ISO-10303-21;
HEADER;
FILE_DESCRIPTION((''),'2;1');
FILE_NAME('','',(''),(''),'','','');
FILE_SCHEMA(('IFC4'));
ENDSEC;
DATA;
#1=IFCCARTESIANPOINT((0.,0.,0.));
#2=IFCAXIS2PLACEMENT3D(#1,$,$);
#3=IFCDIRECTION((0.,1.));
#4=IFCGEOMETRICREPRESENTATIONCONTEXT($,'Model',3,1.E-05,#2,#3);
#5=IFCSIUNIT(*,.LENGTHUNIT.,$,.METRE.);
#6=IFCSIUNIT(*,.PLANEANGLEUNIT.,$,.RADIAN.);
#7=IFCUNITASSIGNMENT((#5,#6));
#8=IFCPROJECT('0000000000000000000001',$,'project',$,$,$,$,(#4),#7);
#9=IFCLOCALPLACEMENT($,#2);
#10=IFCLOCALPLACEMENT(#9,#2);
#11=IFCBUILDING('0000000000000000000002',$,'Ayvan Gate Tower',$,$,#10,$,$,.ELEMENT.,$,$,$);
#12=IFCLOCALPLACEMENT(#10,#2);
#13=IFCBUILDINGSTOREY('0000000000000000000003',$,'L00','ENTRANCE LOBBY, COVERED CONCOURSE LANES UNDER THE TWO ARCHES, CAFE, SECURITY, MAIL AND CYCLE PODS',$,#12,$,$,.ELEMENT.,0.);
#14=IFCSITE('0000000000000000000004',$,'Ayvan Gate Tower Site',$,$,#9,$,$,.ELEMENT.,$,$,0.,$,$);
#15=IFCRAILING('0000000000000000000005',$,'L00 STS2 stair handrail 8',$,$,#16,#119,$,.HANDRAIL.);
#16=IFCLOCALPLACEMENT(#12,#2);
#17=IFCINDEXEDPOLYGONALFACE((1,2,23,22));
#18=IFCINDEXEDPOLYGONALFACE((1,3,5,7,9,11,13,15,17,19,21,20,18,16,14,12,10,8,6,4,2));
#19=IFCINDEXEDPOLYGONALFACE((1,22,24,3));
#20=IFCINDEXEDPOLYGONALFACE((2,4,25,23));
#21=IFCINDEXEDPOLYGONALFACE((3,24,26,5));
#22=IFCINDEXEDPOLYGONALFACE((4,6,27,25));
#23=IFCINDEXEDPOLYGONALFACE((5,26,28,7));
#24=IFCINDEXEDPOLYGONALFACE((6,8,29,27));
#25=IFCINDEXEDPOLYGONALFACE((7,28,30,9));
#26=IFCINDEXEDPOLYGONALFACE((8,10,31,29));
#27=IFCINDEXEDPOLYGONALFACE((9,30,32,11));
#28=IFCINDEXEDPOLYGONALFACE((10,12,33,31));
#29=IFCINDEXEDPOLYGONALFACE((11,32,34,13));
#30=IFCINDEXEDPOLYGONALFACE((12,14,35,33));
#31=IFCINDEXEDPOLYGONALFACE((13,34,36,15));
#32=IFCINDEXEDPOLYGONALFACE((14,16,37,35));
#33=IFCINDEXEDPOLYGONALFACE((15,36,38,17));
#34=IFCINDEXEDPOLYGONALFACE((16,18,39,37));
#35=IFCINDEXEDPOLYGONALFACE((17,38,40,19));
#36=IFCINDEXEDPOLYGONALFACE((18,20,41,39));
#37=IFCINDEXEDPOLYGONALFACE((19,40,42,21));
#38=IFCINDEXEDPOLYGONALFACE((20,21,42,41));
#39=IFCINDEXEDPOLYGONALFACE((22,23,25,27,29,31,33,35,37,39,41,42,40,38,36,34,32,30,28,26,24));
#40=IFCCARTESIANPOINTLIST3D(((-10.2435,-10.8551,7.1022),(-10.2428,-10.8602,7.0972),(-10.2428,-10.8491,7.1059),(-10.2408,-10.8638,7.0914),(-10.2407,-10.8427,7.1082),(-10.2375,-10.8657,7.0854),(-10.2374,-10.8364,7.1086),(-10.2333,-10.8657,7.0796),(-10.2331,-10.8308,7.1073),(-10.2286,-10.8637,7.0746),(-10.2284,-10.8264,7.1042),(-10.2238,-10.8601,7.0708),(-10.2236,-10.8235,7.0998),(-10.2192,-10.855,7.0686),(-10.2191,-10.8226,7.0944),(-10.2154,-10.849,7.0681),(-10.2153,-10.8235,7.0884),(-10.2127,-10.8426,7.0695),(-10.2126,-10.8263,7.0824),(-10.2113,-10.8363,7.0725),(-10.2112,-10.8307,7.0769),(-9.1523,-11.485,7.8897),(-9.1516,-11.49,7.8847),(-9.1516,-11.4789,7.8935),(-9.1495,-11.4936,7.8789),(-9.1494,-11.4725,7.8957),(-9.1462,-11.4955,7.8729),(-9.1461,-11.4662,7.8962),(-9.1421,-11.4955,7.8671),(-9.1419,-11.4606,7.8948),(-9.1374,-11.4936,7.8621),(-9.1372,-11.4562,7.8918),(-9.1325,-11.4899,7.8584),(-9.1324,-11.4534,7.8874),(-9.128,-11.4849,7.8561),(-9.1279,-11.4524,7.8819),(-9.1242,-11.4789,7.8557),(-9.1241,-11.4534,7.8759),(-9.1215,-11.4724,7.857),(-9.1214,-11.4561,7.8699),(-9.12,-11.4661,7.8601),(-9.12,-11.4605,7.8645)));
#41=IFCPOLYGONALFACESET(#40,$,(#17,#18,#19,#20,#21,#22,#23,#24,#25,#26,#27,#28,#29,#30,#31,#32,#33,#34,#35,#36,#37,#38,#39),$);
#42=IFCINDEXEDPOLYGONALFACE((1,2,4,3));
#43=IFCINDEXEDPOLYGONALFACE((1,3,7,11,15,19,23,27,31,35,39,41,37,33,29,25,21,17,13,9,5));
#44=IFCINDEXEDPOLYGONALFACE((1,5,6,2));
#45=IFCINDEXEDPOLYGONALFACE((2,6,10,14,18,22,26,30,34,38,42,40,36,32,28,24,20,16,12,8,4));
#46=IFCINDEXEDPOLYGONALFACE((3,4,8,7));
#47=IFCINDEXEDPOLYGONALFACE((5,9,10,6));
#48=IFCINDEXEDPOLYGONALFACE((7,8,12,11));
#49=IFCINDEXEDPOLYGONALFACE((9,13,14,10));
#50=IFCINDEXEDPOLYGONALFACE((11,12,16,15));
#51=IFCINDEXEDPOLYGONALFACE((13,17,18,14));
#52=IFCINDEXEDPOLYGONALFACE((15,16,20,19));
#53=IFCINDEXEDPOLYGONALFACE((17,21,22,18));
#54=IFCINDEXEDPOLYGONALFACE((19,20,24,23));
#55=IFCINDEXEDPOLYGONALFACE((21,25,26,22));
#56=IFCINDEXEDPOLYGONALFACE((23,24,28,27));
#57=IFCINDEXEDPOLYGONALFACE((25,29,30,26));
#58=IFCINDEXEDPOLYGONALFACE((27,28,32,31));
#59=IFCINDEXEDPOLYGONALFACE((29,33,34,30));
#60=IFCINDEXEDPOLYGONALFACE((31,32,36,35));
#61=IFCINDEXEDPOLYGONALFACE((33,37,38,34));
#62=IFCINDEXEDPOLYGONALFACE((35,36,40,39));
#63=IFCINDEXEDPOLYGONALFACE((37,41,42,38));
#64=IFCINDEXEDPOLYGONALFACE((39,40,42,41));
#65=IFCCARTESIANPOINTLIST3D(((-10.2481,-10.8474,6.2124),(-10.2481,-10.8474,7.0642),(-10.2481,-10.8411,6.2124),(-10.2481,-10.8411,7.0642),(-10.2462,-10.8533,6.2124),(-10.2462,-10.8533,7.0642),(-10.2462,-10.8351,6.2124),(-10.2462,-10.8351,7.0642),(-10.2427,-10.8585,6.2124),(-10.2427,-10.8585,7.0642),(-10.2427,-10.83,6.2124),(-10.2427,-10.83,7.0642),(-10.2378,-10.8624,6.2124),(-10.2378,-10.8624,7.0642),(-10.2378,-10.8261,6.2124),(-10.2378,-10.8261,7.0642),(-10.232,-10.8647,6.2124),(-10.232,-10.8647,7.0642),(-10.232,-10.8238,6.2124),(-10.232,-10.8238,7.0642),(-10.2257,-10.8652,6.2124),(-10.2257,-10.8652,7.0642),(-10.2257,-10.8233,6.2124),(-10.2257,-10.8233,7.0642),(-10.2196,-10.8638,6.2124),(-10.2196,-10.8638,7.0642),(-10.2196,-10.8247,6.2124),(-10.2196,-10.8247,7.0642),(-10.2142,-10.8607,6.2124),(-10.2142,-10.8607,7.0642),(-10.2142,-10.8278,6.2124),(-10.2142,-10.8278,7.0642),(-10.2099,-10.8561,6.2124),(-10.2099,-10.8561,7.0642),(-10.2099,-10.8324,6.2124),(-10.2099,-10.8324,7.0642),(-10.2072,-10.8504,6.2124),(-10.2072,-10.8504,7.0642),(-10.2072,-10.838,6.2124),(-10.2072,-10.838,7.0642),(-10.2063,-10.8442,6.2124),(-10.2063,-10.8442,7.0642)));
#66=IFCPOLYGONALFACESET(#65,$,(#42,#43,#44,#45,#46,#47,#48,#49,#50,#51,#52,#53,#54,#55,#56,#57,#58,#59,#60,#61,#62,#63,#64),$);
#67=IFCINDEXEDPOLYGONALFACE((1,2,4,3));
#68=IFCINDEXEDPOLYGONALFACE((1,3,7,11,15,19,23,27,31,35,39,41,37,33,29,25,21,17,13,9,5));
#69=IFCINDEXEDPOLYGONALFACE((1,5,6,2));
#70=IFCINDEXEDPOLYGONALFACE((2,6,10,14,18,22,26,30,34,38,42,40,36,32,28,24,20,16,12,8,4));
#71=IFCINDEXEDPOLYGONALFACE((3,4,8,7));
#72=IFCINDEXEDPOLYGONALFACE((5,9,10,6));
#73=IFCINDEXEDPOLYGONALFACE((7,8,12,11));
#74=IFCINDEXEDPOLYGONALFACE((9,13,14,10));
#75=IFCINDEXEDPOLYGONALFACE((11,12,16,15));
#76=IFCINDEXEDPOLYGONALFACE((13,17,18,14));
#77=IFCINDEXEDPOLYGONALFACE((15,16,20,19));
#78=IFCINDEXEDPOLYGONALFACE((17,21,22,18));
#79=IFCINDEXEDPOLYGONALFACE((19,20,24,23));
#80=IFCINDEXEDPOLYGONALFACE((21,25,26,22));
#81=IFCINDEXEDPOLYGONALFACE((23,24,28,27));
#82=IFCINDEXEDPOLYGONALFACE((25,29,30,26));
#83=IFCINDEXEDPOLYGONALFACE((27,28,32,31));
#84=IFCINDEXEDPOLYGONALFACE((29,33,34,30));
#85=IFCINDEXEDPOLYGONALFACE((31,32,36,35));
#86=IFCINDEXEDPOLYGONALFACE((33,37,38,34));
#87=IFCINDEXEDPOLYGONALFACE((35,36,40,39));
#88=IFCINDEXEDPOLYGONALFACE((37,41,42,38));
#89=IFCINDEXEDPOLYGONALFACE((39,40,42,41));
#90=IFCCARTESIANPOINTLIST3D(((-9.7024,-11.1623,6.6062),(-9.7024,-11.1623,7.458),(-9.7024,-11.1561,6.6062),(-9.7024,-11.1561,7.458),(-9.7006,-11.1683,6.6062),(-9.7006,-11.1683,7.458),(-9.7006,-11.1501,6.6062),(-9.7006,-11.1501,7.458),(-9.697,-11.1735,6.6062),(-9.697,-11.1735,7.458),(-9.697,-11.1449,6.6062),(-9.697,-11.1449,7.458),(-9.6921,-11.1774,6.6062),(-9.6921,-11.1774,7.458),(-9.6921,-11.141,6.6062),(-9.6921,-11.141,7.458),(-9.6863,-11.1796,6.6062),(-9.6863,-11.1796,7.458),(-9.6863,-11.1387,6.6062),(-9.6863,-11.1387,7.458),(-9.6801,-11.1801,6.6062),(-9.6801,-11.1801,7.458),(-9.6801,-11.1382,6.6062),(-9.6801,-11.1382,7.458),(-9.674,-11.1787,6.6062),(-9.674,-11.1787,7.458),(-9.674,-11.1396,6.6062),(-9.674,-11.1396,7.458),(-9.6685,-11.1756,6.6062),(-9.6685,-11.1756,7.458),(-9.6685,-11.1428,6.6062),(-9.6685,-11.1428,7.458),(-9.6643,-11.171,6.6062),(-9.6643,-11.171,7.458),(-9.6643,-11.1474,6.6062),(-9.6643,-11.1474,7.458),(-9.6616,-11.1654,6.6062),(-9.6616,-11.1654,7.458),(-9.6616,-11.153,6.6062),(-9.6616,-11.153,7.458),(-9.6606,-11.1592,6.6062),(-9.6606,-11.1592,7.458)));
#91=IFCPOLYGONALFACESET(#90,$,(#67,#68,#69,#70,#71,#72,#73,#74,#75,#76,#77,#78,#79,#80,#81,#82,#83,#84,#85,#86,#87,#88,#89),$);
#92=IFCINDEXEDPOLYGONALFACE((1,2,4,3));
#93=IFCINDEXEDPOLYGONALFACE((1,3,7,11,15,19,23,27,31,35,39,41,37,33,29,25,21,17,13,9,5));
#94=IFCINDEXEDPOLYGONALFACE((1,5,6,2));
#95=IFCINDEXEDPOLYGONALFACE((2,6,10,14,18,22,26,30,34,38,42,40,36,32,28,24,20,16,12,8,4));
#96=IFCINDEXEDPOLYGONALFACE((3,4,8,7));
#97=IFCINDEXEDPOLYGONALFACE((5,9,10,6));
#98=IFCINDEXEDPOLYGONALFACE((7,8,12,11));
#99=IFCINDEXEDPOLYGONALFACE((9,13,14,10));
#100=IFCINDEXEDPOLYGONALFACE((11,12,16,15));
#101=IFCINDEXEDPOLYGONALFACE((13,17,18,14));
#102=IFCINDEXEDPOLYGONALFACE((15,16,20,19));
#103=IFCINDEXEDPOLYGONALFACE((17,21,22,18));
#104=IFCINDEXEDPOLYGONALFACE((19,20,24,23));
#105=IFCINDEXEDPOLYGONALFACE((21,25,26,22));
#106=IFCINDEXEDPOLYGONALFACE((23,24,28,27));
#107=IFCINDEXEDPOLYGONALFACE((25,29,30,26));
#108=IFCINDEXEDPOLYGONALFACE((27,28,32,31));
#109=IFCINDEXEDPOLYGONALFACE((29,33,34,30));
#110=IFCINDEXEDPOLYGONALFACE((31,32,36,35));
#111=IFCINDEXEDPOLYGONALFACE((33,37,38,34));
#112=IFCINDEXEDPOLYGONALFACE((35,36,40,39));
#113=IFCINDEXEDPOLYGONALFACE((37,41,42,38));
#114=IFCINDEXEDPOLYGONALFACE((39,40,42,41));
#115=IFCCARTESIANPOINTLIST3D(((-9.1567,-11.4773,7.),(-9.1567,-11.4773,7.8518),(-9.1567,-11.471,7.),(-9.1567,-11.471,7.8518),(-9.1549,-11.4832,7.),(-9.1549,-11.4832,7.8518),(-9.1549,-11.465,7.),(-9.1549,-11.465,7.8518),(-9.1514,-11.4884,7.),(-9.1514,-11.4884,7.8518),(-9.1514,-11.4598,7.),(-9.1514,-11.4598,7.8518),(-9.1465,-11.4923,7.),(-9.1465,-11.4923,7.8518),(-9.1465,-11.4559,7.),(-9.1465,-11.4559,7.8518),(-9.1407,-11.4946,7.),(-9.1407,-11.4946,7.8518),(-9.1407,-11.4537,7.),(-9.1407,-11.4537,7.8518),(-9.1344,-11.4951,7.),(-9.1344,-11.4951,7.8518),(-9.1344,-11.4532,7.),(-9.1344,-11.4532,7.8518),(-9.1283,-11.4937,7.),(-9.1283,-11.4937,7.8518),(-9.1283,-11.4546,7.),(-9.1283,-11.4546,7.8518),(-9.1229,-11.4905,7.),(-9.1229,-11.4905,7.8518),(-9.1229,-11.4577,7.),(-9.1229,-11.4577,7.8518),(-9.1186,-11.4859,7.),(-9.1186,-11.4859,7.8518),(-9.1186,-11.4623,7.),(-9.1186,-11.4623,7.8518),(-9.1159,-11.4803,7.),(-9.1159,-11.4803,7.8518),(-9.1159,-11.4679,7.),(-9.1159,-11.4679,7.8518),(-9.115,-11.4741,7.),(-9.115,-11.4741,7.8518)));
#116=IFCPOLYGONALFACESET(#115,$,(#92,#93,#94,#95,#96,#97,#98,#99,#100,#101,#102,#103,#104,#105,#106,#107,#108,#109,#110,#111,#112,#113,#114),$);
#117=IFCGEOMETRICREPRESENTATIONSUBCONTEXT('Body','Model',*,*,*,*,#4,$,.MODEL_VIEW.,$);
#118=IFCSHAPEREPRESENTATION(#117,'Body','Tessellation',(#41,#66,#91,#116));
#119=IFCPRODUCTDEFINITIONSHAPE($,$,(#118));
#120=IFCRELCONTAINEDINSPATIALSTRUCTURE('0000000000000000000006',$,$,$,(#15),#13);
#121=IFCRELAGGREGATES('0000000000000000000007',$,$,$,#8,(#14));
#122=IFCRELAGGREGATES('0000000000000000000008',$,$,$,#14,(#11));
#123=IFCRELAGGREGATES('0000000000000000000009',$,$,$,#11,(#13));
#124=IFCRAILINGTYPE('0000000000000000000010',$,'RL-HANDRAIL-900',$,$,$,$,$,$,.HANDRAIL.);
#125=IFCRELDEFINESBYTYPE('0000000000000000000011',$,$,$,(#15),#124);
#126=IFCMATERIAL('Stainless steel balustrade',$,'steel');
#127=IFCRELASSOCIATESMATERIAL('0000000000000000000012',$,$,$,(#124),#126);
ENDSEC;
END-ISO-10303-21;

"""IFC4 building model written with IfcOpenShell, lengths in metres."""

from ifc_helpers import new_model, si_unit, direction, frame, origin, origin_2d, place, context, subcontext, project, spatial, circle, extrude, material, type_object, element, save


model = new_model("IFC4")

# Units and contexts
model_context = context("Model", 3, precision=1e-05, world=origin(), true_north=direction((0.0, 1.0)))
body_context = subcontext(model_context, "Body", "Model", "MODEL_VIEW")
ifc_project = project(units=[si_unit("LENGTHUNIT", "METRE"), si_unit("PLANEANGLEUNIT", "RADIAN")], contexts=[model_context])

# Site, building, storey
site_placement = place(None, origin())
site = spatial("IfcSite", under=ifc_project, at=site_placement, Name="Ayvan Gate Tower Site", CompositionType="ELEMENT", RefElevation=0.0)
building_placement = place(site_placement, origin())
building = spatial("IfcBuilding", under=site, at=building_placement, Name="Ayvan Gate Tower", CompositionType="ELEMENT")
storey_placement = place(building_placement, origin())
storey = spatial("IfcBuildingStorey", under=building, at=storey_placement, Name="L00", Description="ENTRANCE LOBBY, COVERED CONCOURSE LANES UNDER THE TWO ARCHES, CAFE, SECURITY, MAIL AND CYCLE PODS", CompositionType="ELEMENT", Elevation=0.0)

# Railing
ifc_material_1 = material(Name="Stainless steel balustrade", Category="steel")
railing_type_1 = type_object("IfcRailingType", Name="RL-HANDRAIL-900", PredefinedType="HANDRAIL", material=ifc_material_1)
railing_1_placement = place(storey_placement, frame((-10.2273, -10.8442, 6.2124)))
element("IfcRailing", 1, at=railing_1_placement, inside=storey, type_object=railing_type_1, Name="L00 STS2 stair handrail 8", PredefinedType="HANDRAIL", context=body_context, shape_type="SweptSolid", body=[
    extrude(circle(Radius=0.0239, at=origin_2d()), frame((0.0, 0.0, 0.876), z_axis=(0.734423, -0.423895, 0.530033), x_axis=(0.49989, 0.866089, 0.0)), (0.0, 0.0, 1.0), 1.4858),
    extrude(circle(Radius=0.021, at=origin_2d()), origin(), (0.0, 0.0, 1.0), 0.8518),
    extrude(circle(Radius=0.021, at=origin_2d()), frame((0.5457, -0.3149, 0.3938)), (0.0, 0.0, 1.0), 0.8518),
    extrude(circle(Radius=0.021, at=origin_2d()), frame((1.0913, -0.6299, 0.7876)), (0.0, 0.0, 1.0), 0.8518),
])

save(model, "model.ifc")
